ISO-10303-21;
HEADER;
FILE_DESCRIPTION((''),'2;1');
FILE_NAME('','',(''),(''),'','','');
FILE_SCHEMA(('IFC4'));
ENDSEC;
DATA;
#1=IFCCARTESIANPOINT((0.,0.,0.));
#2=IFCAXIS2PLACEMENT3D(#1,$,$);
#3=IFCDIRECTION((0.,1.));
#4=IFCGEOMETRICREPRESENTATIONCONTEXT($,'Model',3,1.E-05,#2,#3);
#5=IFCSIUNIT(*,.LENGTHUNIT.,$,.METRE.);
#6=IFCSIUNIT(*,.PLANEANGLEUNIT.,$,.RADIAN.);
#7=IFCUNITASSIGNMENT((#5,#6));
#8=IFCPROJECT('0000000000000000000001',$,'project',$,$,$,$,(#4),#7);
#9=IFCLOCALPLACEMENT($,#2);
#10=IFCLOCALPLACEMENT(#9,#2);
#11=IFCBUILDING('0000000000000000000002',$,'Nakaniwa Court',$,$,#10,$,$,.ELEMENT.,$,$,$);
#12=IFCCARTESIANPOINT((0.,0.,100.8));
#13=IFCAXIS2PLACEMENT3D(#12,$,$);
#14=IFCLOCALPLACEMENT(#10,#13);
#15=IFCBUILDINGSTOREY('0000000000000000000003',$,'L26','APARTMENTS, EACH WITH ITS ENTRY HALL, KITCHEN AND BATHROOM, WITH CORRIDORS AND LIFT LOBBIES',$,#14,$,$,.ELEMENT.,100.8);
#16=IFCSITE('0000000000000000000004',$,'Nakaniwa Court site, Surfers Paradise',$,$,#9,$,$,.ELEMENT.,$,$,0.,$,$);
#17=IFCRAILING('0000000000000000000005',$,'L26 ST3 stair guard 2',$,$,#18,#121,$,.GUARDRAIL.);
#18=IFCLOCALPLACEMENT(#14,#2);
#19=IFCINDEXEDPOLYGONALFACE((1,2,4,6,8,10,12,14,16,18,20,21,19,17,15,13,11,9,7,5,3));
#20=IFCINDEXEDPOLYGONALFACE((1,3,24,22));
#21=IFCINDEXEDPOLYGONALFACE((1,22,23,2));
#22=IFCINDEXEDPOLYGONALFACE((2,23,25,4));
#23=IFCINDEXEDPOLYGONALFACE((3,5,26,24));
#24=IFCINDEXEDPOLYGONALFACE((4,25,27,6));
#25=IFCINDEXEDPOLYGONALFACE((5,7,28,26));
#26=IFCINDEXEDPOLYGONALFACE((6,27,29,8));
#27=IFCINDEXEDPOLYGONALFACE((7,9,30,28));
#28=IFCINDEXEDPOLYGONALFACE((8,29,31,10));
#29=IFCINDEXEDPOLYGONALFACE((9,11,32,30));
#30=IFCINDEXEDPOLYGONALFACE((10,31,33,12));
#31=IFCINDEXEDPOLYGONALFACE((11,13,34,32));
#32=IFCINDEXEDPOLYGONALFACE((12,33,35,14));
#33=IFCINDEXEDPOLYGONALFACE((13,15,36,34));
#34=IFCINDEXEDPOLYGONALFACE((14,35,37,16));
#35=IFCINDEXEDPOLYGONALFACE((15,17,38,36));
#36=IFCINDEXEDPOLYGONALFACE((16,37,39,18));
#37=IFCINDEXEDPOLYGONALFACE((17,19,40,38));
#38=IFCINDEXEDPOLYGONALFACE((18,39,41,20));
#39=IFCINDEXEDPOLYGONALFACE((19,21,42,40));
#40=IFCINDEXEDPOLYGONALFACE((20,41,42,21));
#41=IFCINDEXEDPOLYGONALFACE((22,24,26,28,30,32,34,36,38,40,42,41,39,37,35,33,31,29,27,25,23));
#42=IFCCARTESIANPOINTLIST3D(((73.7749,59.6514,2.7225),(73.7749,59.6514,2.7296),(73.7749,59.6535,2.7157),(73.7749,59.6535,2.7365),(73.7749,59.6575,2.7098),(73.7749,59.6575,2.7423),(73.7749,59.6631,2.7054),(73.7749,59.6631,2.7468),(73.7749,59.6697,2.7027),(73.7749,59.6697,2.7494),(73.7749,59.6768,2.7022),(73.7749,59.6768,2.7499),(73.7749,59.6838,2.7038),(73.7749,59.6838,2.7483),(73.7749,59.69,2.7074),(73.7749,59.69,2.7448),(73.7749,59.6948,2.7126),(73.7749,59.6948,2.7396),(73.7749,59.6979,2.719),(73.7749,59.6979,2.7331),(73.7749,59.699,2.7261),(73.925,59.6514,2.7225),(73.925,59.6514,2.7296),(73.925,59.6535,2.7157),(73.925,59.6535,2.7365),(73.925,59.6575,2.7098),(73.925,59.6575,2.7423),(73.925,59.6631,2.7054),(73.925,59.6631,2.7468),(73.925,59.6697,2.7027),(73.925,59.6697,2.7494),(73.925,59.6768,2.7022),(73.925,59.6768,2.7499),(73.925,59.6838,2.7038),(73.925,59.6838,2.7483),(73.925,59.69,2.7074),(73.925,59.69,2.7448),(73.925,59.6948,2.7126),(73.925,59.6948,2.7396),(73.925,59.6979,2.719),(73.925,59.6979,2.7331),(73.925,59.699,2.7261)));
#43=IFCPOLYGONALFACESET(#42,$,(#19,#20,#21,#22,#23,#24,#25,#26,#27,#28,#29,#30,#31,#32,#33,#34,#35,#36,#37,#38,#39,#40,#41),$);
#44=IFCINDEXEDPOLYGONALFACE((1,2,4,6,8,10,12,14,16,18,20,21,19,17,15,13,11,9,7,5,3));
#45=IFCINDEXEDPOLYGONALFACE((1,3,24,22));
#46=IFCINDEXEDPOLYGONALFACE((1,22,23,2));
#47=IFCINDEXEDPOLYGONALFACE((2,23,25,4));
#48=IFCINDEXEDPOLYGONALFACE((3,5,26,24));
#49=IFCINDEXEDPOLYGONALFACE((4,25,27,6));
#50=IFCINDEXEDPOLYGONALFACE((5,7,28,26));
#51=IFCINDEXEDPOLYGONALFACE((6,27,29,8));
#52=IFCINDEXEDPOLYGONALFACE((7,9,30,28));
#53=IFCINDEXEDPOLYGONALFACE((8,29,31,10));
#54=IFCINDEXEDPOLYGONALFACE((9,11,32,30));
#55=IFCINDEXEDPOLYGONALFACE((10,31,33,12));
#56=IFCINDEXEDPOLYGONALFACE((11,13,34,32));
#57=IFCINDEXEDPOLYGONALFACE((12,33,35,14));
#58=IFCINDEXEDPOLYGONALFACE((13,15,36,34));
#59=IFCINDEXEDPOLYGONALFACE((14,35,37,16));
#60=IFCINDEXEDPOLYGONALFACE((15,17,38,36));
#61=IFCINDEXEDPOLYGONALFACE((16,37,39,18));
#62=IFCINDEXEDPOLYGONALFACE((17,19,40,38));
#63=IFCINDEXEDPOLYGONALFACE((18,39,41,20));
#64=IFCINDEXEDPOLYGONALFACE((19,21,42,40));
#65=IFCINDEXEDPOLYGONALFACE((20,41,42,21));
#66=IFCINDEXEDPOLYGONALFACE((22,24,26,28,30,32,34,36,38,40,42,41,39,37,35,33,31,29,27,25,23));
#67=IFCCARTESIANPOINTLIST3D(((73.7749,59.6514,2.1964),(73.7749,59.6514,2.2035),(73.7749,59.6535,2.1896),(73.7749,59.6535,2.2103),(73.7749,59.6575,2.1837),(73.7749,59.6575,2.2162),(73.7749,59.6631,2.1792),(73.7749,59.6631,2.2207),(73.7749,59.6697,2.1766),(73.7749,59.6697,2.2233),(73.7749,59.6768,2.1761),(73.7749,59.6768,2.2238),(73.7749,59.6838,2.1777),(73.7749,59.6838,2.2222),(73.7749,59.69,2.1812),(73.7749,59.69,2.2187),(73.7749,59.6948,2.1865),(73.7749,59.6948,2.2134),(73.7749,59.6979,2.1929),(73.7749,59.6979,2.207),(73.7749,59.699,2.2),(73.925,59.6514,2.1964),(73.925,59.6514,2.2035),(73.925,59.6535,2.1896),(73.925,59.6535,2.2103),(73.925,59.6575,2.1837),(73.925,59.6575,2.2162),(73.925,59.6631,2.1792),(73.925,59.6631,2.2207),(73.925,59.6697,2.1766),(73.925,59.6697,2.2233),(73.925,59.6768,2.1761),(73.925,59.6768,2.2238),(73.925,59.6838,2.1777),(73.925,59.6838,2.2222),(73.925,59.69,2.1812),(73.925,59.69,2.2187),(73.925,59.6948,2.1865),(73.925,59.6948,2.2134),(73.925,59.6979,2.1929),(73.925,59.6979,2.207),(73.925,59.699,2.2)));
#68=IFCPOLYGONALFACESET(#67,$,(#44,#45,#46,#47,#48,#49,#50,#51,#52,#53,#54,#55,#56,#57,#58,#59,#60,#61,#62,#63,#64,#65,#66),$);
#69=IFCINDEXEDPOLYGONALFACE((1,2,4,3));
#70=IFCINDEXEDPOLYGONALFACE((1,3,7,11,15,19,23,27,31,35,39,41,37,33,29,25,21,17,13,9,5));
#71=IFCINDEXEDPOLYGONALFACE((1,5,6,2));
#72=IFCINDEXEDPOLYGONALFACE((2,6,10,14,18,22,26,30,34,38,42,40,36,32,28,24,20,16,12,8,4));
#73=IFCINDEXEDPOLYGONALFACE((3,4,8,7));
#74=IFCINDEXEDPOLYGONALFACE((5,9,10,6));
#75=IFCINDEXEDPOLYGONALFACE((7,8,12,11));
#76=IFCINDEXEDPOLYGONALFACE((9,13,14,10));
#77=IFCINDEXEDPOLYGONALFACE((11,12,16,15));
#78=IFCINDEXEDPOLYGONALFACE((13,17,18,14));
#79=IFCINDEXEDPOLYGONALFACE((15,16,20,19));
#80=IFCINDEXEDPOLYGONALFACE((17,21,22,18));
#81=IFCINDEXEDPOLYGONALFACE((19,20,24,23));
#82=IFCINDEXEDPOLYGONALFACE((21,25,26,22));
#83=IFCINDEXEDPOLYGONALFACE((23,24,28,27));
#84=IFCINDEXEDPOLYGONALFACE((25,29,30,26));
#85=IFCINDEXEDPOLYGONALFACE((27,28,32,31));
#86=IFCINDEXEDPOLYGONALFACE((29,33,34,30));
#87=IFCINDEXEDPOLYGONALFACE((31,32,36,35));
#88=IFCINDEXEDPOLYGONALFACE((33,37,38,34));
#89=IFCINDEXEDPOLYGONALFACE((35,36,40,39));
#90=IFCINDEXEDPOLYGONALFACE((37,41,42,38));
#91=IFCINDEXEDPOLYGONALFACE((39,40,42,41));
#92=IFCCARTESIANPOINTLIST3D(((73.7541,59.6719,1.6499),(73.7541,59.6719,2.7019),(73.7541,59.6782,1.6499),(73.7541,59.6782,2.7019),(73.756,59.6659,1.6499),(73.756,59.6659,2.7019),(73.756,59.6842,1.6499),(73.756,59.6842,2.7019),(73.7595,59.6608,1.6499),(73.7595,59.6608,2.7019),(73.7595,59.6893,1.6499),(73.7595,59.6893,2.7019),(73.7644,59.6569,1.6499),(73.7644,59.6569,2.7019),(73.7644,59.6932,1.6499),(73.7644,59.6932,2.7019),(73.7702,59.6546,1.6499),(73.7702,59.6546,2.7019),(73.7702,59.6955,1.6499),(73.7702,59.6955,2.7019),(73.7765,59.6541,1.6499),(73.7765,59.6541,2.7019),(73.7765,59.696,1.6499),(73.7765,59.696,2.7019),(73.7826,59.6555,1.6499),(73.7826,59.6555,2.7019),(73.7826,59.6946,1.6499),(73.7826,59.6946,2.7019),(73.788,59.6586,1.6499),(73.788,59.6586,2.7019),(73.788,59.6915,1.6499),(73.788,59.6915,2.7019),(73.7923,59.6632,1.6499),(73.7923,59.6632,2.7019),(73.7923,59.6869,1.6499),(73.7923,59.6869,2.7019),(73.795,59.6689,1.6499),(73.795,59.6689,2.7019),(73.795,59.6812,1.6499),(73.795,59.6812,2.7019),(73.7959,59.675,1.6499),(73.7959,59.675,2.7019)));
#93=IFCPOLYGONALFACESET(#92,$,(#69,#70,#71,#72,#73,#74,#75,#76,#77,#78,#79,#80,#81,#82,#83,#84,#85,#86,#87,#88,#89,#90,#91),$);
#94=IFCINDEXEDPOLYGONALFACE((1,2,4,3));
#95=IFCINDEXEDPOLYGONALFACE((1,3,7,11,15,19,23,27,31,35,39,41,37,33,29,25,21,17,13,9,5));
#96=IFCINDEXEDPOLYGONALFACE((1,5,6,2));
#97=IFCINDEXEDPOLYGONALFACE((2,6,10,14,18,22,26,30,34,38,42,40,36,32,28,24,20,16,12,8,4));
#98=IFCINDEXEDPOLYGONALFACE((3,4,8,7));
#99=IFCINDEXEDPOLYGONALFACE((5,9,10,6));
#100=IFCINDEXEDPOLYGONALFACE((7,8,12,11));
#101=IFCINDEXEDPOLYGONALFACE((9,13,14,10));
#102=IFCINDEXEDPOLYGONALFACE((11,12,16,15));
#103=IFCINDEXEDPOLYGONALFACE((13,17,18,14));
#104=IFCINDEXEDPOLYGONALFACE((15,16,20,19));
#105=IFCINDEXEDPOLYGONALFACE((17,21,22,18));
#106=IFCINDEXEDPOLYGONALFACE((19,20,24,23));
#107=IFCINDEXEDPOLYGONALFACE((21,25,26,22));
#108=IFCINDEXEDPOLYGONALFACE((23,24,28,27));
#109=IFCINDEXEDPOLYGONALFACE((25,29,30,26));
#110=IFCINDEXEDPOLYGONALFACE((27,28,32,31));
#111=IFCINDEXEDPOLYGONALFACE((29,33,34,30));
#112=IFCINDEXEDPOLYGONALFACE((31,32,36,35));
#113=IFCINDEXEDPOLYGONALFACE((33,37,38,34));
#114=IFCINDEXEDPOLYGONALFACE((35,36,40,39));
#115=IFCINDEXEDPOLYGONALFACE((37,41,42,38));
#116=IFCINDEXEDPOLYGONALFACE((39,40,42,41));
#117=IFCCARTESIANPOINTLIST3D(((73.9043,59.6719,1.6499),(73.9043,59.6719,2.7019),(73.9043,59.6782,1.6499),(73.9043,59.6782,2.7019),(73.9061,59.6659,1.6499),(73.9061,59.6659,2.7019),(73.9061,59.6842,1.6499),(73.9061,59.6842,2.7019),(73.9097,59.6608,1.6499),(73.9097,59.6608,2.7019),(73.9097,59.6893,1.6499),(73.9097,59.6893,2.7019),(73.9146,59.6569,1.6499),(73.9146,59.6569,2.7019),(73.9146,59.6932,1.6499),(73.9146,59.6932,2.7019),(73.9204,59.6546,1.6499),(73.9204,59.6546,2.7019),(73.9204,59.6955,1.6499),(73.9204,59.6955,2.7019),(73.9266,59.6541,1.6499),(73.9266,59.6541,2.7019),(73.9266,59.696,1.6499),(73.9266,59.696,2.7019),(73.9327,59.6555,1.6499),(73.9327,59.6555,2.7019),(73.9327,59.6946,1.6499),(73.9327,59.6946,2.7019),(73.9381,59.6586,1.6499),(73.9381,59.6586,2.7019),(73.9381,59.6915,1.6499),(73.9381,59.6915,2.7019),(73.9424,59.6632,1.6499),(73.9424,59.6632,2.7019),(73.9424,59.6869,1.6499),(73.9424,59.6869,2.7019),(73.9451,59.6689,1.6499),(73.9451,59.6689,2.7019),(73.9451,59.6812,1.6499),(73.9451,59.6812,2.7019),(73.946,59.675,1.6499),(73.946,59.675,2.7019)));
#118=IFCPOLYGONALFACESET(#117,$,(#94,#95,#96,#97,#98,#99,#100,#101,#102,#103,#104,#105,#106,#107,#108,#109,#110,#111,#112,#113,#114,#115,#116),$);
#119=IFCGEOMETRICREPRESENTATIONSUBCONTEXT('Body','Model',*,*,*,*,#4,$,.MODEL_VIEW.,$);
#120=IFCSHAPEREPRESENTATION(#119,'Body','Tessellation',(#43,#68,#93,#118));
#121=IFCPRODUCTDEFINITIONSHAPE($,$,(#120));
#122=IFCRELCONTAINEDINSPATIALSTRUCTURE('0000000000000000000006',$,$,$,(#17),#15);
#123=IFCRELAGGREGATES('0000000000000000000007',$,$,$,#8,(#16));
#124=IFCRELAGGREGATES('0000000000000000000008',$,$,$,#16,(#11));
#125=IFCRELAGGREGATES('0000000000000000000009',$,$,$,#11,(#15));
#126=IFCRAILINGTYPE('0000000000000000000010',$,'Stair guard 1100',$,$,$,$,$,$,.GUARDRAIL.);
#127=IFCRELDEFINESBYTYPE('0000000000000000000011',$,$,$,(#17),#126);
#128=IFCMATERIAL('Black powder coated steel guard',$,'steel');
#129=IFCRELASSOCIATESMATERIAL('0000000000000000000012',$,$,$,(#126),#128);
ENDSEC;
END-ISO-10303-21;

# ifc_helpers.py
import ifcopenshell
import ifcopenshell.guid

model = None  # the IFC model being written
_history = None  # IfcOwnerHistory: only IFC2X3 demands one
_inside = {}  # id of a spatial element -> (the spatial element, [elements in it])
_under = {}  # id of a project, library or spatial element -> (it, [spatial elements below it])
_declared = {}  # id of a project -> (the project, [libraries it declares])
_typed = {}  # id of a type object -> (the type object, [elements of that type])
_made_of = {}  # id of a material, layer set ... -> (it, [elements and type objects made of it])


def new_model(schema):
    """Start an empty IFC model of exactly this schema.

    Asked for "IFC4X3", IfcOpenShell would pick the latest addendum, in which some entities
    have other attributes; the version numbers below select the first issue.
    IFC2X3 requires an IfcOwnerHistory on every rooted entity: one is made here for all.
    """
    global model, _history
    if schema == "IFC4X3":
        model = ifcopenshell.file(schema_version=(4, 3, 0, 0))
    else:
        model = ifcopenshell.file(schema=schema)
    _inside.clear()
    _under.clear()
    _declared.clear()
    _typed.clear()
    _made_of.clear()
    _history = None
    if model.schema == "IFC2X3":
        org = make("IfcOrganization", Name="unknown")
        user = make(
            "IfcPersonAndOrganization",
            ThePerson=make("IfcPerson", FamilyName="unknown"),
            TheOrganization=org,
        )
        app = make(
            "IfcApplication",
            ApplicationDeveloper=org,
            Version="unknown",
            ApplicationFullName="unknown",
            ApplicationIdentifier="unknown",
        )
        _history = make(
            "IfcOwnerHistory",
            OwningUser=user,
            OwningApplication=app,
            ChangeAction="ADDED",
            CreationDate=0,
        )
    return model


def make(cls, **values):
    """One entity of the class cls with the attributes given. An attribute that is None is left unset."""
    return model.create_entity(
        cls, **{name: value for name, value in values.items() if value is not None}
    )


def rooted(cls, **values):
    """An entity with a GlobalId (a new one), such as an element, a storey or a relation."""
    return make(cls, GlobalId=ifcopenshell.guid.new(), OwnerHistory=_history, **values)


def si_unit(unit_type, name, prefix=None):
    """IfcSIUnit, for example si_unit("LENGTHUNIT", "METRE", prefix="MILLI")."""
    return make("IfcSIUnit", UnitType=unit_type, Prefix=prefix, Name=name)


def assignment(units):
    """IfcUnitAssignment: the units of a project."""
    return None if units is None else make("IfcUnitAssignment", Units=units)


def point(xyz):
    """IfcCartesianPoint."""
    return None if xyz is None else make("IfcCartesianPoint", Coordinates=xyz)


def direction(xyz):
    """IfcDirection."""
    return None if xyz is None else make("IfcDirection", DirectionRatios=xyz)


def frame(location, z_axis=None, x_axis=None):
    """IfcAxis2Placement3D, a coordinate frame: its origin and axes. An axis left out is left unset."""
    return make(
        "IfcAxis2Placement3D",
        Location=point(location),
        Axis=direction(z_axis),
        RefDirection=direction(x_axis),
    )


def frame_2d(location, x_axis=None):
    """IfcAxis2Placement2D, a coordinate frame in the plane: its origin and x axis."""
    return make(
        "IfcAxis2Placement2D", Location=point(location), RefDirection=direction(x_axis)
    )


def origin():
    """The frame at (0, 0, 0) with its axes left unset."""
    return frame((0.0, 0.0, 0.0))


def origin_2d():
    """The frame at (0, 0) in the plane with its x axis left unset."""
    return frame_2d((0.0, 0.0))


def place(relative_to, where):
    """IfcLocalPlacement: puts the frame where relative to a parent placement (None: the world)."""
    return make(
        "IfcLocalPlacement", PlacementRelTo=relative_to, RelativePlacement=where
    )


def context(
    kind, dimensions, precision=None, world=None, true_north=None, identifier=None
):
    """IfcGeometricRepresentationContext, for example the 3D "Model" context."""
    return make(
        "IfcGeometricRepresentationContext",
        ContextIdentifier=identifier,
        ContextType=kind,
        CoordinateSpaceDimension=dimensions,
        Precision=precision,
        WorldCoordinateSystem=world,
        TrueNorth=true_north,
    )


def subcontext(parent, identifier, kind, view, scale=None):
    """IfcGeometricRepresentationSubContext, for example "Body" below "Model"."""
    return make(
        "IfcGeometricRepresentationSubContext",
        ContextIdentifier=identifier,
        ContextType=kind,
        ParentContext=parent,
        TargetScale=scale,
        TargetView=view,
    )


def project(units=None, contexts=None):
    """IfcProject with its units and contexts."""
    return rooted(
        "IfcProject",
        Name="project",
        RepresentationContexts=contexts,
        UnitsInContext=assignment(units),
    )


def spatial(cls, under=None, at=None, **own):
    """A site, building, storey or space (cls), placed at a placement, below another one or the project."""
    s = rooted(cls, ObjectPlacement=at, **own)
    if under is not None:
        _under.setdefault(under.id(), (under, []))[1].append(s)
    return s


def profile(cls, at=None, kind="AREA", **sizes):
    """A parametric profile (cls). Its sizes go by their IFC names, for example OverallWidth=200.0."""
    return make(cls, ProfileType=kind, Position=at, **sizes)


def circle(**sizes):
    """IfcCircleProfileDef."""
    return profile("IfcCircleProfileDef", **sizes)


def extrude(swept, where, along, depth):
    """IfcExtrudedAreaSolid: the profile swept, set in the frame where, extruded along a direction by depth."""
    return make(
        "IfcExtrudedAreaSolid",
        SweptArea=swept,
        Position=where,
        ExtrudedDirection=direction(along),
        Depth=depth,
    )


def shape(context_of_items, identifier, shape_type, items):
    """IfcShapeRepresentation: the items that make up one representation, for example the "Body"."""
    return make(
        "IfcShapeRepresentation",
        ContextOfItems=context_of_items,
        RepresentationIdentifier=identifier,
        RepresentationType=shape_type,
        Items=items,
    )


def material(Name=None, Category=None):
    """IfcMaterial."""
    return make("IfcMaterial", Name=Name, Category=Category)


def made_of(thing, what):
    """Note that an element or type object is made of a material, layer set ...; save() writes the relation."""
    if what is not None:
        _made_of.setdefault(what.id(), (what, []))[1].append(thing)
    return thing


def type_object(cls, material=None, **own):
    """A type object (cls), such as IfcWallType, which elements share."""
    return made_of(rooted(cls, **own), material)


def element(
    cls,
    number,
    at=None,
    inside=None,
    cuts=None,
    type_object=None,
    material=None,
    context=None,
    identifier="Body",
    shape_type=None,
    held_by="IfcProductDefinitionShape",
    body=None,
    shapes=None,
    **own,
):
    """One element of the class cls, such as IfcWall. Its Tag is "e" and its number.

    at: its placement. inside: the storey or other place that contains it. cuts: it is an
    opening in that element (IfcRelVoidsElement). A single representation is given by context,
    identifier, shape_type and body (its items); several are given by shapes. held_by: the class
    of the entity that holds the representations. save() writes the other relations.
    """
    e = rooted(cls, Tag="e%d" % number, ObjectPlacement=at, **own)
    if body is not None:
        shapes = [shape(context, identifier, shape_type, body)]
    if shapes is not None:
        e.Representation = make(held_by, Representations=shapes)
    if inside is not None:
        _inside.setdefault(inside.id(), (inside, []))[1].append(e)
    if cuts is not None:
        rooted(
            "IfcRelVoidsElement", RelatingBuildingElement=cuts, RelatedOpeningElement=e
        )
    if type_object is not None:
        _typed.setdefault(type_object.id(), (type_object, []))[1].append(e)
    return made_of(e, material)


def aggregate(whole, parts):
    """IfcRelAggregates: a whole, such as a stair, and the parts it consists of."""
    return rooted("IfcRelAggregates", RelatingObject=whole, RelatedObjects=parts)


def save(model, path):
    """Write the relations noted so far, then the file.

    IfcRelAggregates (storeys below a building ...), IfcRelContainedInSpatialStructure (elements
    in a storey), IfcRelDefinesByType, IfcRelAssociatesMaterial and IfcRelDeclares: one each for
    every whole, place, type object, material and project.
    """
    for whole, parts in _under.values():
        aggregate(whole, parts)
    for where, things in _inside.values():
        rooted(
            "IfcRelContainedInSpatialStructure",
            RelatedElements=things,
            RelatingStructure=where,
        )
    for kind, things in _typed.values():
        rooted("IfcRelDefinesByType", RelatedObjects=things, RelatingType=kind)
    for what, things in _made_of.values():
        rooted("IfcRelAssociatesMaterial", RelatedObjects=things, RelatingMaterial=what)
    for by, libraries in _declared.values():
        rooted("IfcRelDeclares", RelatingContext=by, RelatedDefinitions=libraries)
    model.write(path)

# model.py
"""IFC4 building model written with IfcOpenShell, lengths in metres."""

from ifc_helpers import new_model, si_unit, direction, frame, origin, origin_2d, place, context, subcontext, project, spatial, circle, extrude, material, type_object, element, save


model = new_model("IFC4")

# Units and contexts
model_context = context("Model", 3, precision=1e-05, world=origin(), true_north=direction((0.0, 1.0)))
body_context = subcontext(model_context, "Body", "Model", "MODEL_VIEW")
ifc_project = project(units=[si_unit("LENGTHUNIT", "METRE"), si_unit("PLANEANGLEUNIT", "RADIAN")], contexts=[model_context])

# Site, building, storey
site_placement = place(None, origin())
site = spatial("IfcSite", under=ifc_project, at=site_placement, Name="Nakaniwa Court site, Surfers Paradise", CompositionType="ELEMENT", RefElevation=0.0)
building_placement = place(site_placement, origin())
building = spatial("IfcBuilding", under=site, at=building_placement, Name="Nakaniwa Court", CompositionType="ELEMENT")
storey_placement = place(building_placement, frame((0.0, 0.0, 100.8)))
storey = spatial("IfcBuildingStorey", under=building, at=storey_placement, Name="L26", Description="APARTMENTS, EACH WITH ITS ENTRY HALL, KITCHEN AND BATHROOM, WITH CORRIDORS AND LIFT LOBBIES", CompositionType="ELEMENT", Elevation=100.8)

# Railing
ifc_material_1 = material(Name="Black powder coated steel guard", Category="steel")
railing_type_1 = type_object("IfcRailingType", Name="Stair guard 1100", PredefinedType="GUARDRAIL", material=ifc_material_1)
railing_1_placement = place(storey_placement, frame((73.7749, 59.675, 1.6499)))
element("IfcRailing", 1, at=railing_1_placement, inside=storey, type_object=railing_type_1, Name="L26 ST3 stair guard 2", PredefinedType="GUARDRAIL", context=body_context, shape_type="SweptSolid", body=[
    extrude(circle(Radius=0.0239, at=origin_2d()), frame((0.0, 0.0, 1.0762), z_axis=(1.0, 0.0, 0.0), x_axis=(0.0, 1.0, 0.0)), (0.0, 0.0, 1.0), 0.1501),
    extrude(circle(Radius=0.0239, at=origin_2d()), frame((0.0, 0.0, 0.55), z_axis=(1.0, 0.0, 0.0), x_axis=(0.0, 1.0, 0.0)), (0.0, 0.0, 1.0), 0.1501),
    extrude(circle(Radius=0.021, at=origin_2d()), origin(), (0.0, 0.0, 1.0), 1.052),
    extrude(circle(Radius=0.021, at=origin_2d()), frame((0.1501, 0.0, 0.0)), (0.0, 0.0, 1.0), 1.052),
])

save(model, "model.ifc")
